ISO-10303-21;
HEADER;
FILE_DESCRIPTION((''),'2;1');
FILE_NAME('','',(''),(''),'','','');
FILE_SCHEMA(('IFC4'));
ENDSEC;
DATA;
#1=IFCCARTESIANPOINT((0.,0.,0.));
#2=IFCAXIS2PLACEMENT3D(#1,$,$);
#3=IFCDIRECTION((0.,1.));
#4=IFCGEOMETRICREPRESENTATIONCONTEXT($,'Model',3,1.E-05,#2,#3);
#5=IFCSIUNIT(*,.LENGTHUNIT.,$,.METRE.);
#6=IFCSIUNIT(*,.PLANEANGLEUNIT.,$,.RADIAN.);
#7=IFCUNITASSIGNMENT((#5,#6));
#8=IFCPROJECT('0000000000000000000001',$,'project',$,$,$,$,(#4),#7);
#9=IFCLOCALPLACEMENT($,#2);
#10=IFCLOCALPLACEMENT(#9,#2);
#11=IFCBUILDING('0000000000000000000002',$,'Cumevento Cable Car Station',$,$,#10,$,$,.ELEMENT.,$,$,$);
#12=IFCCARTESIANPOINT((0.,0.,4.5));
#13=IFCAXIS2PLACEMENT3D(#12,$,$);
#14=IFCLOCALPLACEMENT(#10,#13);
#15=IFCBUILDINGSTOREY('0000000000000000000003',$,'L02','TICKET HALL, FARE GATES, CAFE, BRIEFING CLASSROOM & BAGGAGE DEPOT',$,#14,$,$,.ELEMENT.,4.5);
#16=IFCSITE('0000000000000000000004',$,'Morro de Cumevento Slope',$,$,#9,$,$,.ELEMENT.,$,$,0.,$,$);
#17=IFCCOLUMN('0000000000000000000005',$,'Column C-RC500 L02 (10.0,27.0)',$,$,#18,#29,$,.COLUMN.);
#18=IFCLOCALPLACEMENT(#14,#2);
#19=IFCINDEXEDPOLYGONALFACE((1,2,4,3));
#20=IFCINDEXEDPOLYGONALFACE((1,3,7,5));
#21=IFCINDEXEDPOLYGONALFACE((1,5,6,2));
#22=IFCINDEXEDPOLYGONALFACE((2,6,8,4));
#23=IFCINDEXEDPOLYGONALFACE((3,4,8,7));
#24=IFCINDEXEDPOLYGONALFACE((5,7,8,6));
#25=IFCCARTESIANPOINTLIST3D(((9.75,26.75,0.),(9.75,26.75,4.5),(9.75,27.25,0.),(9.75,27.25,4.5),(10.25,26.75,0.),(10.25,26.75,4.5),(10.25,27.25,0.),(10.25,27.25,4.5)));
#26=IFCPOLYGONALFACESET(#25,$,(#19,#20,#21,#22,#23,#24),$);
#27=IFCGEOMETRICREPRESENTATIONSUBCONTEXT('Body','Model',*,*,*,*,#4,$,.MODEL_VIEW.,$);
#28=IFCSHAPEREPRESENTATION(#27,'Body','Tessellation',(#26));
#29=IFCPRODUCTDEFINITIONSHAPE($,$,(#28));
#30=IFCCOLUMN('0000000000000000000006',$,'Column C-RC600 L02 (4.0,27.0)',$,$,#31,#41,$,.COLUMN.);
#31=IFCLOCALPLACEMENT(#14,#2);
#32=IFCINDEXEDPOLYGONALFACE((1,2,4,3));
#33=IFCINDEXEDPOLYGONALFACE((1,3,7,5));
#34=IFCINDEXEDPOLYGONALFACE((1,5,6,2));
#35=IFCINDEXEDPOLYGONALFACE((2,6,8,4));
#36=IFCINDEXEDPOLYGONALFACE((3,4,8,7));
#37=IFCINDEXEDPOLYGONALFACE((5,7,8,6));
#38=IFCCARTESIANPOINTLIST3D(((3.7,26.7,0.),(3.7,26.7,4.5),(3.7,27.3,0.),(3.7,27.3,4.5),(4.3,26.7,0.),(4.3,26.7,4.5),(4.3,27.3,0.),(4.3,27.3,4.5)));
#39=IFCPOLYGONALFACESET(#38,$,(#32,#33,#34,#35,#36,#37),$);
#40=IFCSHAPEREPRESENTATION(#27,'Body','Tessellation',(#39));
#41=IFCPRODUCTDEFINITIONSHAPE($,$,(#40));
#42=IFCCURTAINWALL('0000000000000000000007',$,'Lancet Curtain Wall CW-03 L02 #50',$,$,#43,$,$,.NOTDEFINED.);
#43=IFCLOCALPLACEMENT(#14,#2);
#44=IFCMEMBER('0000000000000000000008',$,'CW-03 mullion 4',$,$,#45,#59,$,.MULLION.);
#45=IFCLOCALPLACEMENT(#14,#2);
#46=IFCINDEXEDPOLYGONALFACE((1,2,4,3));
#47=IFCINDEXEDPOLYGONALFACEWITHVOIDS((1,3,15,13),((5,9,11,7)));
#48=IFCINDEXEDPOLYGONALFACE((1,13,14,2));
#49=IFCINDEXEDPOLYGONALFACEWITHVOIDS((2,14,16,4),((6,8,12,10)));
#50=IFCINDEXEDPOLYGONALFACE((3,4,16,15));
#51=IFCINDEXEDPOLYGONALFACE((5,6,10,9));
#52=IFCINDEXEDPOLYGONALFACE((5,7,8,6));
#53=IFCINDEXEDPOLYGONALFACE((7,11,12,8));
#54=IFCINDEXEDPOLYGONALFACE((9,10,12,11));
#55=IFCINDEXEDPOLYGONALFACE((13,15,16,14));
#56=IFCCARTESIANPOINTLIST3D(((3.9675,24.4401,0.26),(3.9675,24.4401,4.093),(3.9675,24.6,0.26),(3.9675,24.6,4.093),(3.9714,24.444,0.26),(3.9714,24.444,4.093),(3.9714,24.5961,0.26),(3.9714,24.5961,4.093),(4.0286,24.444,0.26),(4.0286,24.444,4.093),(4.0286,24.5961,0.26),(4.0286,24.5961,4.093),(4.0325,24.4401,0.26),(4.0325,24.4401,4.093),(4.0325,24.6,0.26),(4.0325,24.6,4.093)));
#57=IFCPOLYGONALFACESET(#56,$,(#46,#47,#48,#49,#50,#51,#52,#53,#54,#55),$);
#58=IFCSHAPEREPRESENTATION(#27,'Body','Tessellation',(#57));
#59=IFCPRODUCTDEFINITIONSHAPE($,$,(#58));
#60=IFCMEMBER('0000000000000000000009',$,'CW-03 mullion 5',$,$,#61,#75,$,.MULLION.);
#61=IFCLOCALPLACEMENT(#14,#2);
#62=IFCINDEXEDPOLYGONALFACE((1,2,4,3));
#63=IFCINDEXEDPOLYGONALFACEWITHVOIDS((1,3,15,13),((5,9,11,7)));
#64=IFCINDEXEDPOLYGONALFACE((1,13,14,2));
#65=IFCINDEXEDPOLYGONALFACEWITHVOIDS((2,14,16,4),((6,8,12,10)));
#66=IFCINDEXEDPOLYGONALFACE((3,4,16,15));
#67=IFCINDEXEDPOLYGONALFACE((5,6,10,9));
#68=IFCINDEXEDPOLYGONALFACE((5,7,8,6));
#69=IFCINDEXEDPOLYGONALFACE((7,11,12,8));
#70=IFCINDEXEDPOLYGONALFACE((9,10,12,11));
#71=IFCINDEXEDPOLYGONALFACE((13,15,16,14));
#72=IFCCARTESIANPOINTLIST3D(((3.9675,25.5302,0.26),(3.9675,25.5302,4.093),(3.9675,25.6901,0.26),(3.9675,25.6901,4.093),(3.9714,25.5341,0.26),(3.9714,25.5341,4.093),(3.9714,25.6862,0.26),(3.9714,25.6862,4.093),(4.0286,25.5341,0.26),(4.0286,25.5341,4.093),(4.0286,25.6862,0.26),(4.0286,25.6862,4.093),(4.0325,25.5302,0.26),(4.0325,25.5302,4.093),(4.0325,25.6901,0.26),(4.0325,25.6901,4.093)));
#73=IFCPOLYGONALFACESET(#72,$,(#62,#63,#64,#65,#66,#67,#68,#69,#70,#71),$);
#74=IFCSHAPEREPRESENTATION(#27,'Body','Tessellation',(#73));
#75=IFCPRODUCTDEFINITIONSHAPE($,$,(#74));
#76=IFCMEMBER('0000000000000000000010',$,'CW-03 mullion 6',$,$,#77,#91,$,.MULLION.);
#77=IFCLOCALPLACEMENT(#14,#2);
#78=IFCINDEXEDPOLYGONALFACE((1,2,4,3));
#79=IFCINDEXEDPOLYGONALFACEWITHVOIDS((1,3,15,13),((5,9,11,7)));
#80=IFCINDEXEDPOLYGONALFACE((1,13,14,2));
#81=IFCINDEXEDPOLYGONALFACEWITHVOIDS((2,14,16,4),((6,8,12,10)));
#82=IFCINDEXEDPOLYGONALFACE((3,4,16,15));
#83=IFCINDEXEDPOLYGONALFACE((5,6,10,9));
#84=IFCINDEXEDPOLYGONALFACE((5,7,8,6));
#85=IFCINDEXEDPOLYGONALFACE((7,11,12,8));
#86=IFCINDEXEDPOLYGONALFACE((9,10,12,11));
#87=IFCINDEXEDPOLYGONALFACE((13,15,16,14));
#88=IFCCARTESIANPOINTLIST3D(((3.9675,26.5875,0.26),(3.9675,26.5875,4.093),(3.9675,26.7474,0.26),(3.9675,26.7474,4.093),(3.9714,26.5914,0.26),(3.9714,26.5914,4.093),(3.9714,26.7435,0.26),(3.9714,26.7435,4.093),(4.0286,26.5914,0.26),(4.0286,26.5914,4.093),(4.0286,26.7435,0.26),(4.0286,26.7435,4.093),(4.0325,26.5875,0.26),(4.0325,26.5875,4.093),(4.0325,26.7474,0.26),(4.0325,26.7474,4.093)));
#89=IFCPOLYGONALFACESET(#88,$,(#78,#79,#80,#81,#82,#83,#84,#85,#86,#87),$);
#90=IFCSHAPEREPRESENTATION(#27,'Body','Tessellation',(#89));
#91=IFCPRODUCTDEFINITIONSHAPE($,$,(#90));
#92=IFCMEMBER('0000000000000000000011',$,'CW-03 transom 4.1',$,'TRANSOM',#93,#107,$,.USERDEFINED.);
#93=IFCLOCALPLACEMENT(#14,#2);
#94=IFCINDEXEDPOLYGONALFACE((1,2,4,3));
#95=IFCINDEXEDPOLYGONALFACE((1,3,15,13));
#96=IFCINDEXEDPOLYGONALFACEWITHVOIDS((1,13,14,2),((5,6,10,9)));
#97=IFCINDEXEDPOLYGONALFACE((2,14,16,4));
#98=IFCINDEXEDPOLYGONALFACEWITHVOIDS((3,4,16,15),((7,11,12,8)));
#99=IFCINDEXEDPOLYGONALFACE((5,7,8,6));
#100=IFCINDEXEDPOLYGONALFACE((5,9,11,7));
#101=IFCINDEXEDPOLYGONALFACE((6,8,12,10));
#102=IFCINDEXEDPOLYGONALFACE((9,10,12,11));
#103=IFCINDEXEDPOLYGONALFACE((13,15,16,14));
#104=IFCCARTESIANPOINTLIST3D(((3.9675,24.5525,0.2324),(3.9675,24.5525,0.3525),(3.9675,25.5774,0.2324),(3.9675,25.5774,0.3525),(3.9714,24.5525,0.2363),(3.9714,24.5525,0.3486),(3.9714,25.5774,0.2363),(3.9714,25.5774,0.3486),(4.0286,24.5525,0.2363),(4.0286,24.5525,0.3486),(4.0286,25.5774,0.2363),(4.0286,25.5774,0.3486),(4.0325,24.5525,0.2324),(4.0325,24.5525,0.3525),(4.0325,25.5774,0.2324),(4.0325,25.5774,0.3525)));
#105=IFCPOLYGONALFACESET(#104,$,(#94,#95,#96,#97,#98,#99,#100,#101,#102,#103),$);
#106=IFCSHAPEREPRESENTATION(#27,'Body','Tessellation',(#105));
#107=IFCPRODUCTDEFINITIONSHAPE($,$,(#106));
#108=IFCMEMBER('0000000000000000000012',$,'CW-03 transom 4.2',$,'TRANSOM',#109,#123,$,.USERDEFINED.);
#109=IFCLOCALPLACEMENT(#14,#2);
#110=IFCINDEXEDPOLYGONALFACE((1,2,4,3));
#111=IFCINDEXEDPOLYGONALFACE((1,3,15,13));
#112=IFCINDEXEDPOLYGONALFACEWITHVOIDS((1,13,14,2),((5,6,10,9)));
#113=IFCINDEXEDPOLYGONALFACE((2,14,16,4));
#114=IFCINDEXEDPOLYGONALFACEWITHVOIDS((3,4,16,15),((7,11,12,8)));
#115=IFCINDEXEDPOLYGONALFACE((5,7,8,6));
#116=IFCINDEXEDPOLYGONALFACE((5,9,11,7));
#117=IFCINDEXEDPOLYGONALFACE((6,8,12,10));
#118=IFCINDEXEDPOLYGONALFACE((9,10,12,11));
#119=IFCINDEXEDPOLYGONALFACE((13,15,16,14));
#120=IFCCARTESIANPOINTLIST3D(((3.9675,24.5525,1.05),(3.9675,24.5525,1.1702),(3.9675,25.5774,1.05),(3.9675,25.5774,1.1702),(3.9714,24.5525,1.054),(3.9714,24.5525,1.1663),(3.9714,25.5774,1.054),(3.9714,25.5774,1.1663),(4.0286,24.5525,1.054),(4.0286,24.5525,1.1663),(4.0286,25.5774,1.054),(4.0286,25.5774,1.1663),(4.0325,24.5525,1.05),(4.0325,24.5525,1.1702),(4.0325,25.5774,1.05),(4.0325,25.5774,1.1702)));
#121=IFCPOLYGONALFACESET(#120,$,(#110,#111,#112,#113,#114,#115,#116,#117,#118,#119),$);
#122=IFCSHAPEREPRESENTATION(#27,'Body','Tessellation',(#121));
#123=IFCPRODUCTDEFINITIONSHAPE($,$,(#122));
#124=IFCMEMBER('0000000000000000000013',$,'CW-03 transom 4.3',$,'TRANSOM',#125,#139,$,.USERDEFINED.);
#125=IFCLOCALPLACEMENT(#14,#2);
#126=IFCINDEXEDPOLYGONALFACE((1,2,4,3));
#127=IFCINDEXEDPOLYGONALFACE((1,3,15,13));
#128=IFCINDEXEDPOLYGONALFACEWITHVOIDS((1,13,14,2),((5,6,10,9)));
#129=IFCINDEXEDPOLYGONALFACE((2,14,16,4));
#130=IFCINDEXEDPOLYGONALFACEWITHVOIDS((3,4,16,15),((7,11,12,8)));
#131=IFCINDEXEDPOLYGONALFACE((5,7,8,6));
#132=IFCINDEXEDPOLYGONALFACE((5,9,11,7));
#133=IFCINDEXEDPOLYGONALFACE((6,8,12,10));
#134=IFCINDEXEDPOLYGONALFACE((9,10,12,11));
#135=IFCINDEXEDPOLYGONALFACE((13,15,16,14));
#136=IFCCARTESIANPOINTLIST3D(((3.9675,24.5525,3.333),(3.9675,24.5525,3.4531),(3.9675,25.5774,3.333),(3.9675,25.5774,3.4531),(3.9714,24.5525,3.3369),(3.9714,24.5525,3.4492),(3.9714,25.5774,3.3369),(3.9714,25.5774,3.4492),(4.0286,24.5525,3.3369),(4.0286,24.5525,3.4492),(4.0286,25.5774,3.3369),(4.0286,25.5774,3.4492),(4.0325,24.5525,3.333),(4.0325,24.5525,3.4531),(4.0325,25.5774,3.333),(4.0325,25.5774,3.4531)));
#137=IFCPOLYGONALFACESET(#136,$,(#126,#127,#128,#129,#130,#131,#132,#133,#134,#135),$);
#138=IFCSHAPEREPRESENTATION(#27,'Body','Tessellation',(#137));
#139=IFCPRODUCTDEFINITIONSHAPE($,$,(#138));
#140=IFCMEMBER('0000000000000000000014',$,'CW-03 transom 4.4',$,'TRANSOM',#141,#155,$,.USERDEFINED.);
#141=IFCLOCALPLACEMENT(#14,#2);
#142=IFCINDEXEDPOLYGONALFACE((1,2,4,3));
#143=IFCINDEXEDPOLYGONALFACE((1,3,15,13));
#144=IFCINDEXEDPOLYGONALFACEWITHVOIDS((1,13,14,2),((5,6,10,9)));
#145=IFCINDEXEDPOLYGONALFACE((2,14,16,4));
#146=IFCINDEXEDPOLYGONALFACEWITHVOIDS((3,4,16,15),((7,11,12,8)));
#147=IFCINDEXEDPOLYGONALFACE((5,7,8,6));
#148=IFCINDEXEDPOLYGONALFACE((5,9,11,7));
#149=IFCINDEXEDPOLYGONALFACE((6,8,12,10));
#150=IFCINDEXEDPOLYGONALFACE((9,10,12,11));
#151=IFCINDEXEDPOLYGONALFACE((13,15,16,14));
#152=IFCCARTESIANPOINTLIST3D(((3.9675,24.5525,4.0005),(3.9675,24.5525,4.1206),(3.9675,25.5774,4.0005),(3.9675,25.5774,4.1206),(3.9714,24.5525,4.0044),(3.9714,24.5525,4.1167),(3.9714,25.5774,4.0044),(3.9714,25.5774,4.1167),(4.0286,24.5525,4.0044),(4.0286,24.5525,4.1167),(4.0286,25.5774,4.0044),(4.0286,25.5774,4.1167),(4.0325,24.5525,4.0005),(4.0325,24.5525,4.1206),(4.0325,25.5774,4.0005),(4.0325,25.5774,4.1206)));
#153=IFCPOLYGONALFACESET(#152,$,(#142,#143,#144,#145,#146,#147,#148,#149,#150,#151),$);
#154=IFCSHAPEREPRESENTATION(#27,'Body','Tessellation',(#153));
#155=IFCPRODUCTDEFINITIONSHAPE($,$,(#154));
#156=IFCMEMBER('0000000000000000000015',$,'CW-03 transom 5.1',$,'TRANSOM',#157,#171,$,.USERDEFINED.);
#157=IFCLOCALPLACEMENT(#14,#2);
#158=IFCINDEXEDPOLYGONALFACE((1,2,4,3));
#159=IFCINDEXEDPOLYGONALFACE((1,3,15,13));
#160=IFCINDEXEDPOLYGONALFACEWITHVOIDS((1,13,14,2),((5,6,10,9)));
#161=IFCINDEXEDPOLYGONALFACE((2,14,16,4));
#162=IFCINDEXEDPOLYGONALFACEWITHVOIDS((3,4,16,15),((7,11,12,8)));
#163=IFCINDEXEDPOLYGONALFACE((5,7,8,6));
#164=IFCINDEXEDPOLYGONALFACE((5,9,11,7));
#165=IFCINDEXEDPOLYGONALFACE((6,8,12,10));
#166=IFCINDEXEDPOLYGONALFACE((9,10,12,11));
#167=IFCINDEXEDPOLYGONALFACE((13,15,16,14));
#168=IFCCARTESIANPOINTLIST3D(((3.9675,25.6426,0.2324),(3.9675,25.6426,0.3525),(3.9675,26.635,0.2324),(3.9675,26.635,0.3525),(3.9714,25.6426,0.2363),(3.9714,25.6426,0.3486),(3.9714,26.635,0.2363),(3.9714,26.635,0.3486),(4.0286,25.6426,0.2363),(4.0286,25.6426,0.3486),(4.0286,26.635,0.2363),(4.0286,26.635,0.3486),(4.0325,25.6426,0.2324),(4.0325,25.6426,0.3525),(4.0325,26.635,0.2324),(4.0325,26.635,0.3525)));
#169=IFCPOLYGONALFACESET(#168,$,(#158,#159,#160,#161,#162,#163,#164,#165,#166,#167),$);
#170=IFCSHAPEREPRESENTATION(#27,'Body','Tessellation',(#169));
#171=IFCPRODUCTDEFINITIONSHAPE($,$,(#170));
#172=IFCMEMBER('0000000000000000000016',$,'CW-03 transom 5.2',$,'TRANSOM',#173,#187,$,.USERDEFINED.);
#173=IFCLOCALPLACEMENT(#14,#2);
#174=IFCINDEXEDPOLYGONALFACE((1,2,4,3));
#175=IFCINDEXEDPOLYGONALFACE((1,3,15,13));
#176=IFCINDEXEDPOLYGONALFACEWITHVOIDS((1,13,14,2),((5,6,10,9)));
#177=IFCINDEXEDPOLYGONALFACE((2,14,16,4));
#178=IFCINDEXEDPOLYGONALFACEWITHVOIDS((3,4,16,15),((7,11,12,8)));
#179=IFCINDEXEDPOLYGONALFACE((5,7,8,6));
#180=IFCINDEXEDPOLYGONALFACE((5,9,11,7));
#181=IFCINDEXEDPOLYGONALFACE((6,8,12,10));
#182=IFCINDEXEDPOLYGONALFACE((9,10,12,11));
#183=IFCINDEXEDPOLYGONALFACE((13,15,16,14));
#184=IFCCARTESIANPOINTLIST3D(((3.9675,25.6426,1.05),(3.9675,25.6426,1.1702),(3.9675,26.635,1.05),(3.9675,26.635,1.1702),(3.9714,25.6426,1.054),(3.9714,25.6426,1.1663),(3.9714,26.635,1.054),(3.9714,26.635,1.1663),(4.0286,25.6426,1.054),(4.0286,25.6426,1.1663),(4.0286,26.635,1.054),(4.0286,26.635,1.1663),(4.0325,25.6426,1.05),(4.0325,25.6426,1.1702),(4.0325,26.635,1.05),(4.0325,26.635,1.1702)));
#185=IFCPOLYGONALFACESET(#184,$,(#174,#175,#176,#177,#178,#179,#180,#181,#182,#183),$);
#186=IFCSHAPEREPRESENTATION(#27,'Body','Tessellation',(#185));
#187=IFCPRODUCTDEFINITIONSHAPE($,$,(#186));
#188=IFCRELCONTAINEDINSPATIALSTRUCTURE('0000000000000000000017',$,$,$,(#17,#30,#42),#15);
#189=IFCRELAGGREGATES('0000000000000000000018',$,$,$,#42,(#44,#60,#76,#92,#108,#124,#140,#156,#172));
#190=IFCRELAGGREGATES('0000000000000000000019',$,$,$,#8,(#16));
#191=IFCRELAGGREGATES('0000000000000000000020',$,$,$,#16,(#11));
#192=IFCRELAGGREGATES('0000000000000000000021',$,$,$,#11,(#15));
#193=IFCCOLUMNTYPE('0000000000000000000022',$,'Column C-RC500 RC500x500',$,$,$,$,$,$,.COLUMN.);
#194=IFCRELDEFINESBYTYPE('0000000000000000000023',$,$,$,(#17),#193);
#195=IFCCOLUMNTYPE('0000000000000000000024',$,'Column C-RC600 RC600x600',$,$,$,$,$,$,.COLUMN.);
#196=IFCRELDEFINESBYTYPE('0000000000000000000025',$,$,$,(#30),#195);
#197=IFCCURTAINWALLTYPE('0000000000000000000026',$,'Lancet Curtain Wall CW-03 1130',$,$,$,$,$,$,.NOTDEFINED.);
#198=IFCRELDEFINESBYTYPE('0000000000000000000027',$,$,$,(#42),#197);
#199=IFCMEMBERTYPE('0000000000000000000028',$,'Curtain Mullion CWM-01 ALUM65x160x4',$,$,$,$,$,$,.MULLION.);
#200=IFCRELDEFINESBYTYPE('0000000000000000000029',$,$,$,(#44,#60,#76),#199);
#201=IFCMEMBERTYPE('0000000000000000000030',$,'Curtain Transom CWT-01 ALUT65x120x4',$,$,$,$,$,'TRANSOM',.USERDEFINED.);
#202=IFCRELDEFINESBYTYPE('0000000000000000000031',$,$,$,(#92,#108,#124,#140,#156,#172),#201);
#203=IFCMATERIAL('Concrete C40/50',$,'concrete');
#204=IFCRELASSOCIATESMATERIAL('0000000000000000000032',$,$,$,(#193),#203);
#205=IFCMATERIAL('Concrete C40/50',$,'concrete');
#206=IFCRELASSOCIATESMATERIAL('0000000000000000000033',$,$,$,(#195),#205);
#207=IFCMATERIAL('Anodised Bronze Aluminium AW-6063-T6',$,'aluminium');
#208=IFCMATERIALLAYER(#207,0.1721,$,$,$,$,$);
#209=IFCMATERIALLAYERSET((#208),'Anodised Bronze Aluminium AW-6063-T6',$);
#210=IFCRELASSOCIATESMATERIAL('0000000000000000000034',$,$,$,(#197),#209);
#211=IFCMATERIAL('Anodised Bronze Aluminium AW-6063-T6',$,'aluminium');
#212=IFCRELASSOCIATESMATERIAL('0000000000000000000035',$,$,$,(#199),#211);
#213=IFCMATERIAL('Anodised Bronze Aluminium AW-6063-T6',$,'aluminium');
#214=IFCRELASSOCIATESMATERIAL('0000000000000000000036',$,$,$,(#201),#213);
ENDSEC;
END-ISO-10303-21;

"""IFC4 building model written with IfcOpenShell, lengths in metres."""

from ifc_helpers import new_model, si_unit, direction, frame, origin, origin_2d, place, context, subcontext, project, spatial, rectangle, hollow_rectangle, extrude, material, layer, layer_set, material_profile, profile_set, type_object, element, aggregate, save


model = new_model("IFC4")

# Units and contexts
model_context = context("Model", 3, precision=1e-05, world=origin(), true_north=direction((0.0, 1.0)))
body_context = subcontext(model_context, "Body", "Model", "MODEL_VIEW")
ifc_project = project(units=[si_unit("LENGTHUNIT", "METRE"), si_unit("PLANEANGLEUNIT", "RADIAN")], contexts=[model_context])

# Site, building, storey
site_placement = place(None, origin())
site = spatial("IfcSite", under=ifc_project, at=site_placement, Name="Morro de Cumevento Slope", CompositionType="ELEMENT", RefElevation=0.0)
building_placement = place(site_placement, origin())
building = spatial("IfcBuilding", under=site, at=building_placement, Name="Cumevento Cable Car Station", CompositionType="ELEMENT")
storey_placement = place(building_placement, frame((0.0, 0.0, 4.5)))
storey = spatial("IfcBuildingStorey", under=building, at=storey_placement, Name="L02", Description="TICKET HALL, FARE GATES, CAFE, BRIEFING CLASSROOM & BAGGAGE DEPOT", CompositionType="ELEMENT", Elevation=4.5)

# Columns
ifc_material_1 = material(Name="Concrete C40/50", Category="concrete")
ifc_material_profile_1 = material_profile(ifc_material_1, rectangle(XDim=0.5, YDim=0.5, at=origin_2d()), Name="RC500x500")
ifc_profile_set_1 = profile_set([ifc_material_profile_1], Name="Concrete C40/50")
column_type_1 = type_object("IfcColumnType", Name="Column C-RC500 RC500x500", PredefinedType="COLUMN", material=ifc_profile_set_1)
column_1_placement = place(storey_placement, frame((10.0, 27.0, 0.0), z_axis=(0.0, 0.0, 1.0), x_axis=(1.0, 0.0, 0.0)))
element("IfcColumn", 1, at=column_1_placement, inside=storey, type_object=column_type_1, Name="Column C-RC500 L02 (10.0,27.0)", PredefinedType="COLUMN", context=body_context, shape_type="SweptSolid", body=[
    extrude(rectangle(XDim=0.5, YDim=0.5, at=origin_2d()), origin(), (0.0, 0.0, 1.0), 4.5),
])
ifc_material_2 = material(Name="Concrete C40/50", Category="concrete")
ifc_material_profile_2 = material_profile(ifc_material_2, rectangle(XDim=0.6001, YDim=0.6001, at=origin_2d()), Name="RC600x600")
ifc_profile_set_2 = profile_set([ifc_material_profile_2], Name="Concrete C40/50")
column_type_2 = type_object("IfcColumnType", Name="Column C-RC600 RC600x600", PredefinedType="COLUMN", material=ifc_profile_set_2)
column_2_placement = place(storey_placement, frame((4.0, 27.0, 0.0), z_axis=(0.0, 0.0, 1.0), x_axis=(1.0, 0.0, 0.0)))
element("IfcColumn", 2, at=column_2_placement, inside=storey, type_object=column_type_2, Name="Column C-RC600 L02 (4.0,27.0)", PredefinedType="COLUMN", context=body_context, shape_type="SweptSolid", body=[
    extrude(rectangle(XDim=0.6001, YDim=0.6001, at=origin_2d()), origin(), (0.0, 0.0, 1.0), 4.5),
])

# Curtain wall, members
ifc_material_3 = material(Name="Anodised Bronze Aluminium AW-6063-T6", Category="aluminium")
ifc_layer_1 = layer(ifc_material_3, 0.1721)
ifc_layer_set_1 = layer_set([ifc_layer_1], Name="Anodised Bronze Aluminium AW-6063-T6")
curtain_wall_type = type_object("IfcCurtainWallType", Name="Lancet Curtain Wall CW-03 1130", PredefinedType="NOTDEFINED", material=ifc_layer_set_1)
curtain_wall_placement = place(storey_placement, origin())
curtain_wall = element("IfcCurtainWall", 3, at=curtain_wall_placement, inside=storey, type_object=curtain_wall_type, Name="Lancet Curtain Wall CW-03 L02 #50", PredefinedType="NOTDEFINED")
ifc_material_4 = material(Name="Anodised Bronze Aluminium AW-6063-T6", Category="aluminium")
ifc_material_profile_3 = material_profile(ifc_material_4, hollow_rectangle(XDim=0.0649, YDim=0.1599, WallThickness=0.0039, at=origin_2d()), Name="ALUM65x160x4")
ifc_profile_set_3 = profile_set([ifc_material_profile_3], Name="Anodised Bronze Aluminium AW-6063-T6")
member_type_1 = type_object("IfcMemberType", Name="Curtain Mullion CWM-01 ALUM65x160x4", PredefinedType="MULLION", material=ifc_profile_set_3)
member_1_placement = place(storey_placement, frame((4.0, 24.52, 0.26), z_axis=(0.0, 0.0, 1.0), x_axis=(-1.0, 0.0, 0.0)))
member_1 = element("IfcMember", 4, at=member_1_placement, type_object=member_type_1, Name="CW-03 mullion 4", PredefinedType="MULLION", context=body_context, shape_type="SweptSolid", body=[
    extrude(hollow_rectangle(XDim=0.0649, YDim=0.1599, WallThickness=0.0039, at=origin_2d()), origin(), (0.0, 0.0, 1.0), 3.833),
])
member_2_placement = place(storey_placement, frame((4.0, 25.6101, 0.26), z_axis=(0.0, 0.0, 1.0), x_axis=(-1.0, 0.0, 0.0)))
member_2 = element("IfcMember", 5, at=member_2_placement, type_object=member_type_1, Name="CW-03 mullion 5", PredefinedType="MULLION", context=body_context, shape_type="SweptSolid", body=[
    extrude(hollow_rectangle(XDim=0.0649, YDim=0.1599, WallThickness=0.0039, at=origin_2d()), origin(), (0.0, 0.0, 1.0), 3.833),
])
member_3_placement = place(storey_placement, frame((4.0, 26.6675, 0.26), z_axis=(0.0, 0.0, 1.0), x_axis=(-1.0, 0.0, 0.0)))
member_3 = element("IfcMember", 6, at=member_3_placement, type_object=member_type_1, Name="CW-03 mullion 6", PredefinedType="MULLION", context=body_context, shape_type="SweptSolid", body=[
    extrude(hollow_rectangle(XDim=0.0649, YDim=0.1599, WallThickness=0.0039, at=origin_2d()), origin(), (0.0, 0.0, 1.0), 3.833),
])
ifc_material_5 = material(Name="Anodised Bronze Aluminium AW-6063-T6", Category="aluminium")
ifc_material_profile_4 = material_profile(ifc_material_5, hollow_rectangle(XDim=0.0649, YDim=0.1201, WallThickness=0.0039, at=origin_2d()), Name="ALUT65x120x4")
ifc_profile_set_4 = profile_set([ifc_material_profile_4], Name="Anodised Bronze Aluminium AW-6063-T6")
member_type_2 = type_object("IfcMemberType", Name="Curtain Transom CWT-01 ALUT65x120x4", ElementType="TRANSOM", PredefinedType="USERDEFINED", material=ifc_profile_set_4)
member_4_placement = place(storey_placement, frame((4.0, 24.5525, 0.2925), z_axis=(0.0, 1.0, 0.0), x_axis=(-1.0, 0.0, 0.0)))
member_4 = element("IfcMember", 7, at=member_4_placement, type_object=member_type_2, Name="CW-03 transom 4.1", ObjectType="TRANSOM", PredefinedType="USERDEFINED", context=body_context, shape_type="SweptSolid", body=[
    extrude(hollow_rectangle(XDim=0.0649, YDim=0.1201, WallThickness=0.0039, at=origin_2d()), origin(), (0.0, 0.0, 1.0), 1.0249),
])
member_5_placement = place(storey_placement, frame((4.0, 24.5525, 1.1101), z_axis=(0.0, 1.0, 0.0), x_axis=(-1.0, 0.0, 0.0)))
member_5 = element("IfcMember", 8, at=member_5_placement, type_object=member_type_2, Name="CW-03 transom 4.2", ObjectType="TRANSOM", PredefinedType="USERDEFINED", context=body_context, shape_type="SweptSolid", body=[
    extrude(hollow_rectangle(XDim=0.0649, YDim=0.1201, WallThickness=0.0039, at=origin_2d()), origin(), (0.0, 0.0, 1.0), 1.0249),
])
member_6_placement = place(storey_placement, frame((4.0, 24.5525, 3.3931), z_axis=(0.0, 1.0, 0.0), x_axis=(-1.0, 0.0, 0.0)))
member_6 = element("IfcMember", 9, at=member_6_placement, type_object=member_type_2, Name="CW-03 transom 4.3", ObjectType="TRANSOM", PredefinedType="USERDEFINED", context=body_context, shape_type="SweptSolid", body=[
    extrude(hollow_rectangle(XDim=0.0649, YDim=0.1201, WallThickness=0.0039, at=origin_2d()), origin(), (0.0, 0.0, 1.0), 1.0249),
])
member_7_placement = place(storey_placement, frame((4.0, 24.5525, 4.0605), z_axis=(0.0, 1.0, 0.0), x_axis=(-1.0, 0.0, 0.0)))
member_7 = element("IfcMember", 10, at=member_7_placement, type_object=member_type_2, Name="CW-03 transom 4.4", ObjectType="TRANSOM", PredefinedType="USERDEFINED", context=body_context, shape_type="SweptSolid", body=[
    extrude(hollow_rectangle(XDim=0.0649, YDim=0.1201, WallThickness=0.0039, at=origin_2d()), origin(), (0.0, 0.0, 1.0), 1.0249),
])
member_8_placement = place(storey_placement, frame((4.0, 25.6426, 0.2925), z_axis=(0.0, 1.0, 0.0), x_axis=(-1.0, 0.0, 0.0)))
member_8 = element("IfcMember", 11, at=member_8_placement, type_object=member_type_2, Name="CW-03 transom 5.1", ObjectType="TRANSOM", PredefinedType="USERDEFINED", context=body_context, shape_type="SweptSolid", body=[
    extrude(hollow_rectangle(XDim=0.0649, YDim=0.1201, WallThickness=0.0039, at=origin_2d()), origin(), (0.0, 0.0, 1.0), 0.9924),
])
member_9_placement = place(storey_placement, frame((4.0, 25.6426, 1.1101), z_axis=(0.0, 1.0, 0.0), x_axis=(-1.0, 0.0, 0.0)))
member_9 = element("IfcMember", 12, at=member_9_placement, type_object=member_type_2, Name="CW-03 transom 5.2", ObjectType="TRANSOM", PredefinedType="USERDEFINED", context=body_context, shape_type="SweptSolid", body=[
    extrude(hollow_rectangle(XDim=0.0649, YDim=0.1201, WallThickness=0.0039, at=origin_2d()), origin(), (0.0, 0.0, 1.0), 0.9924),
])

aggregate(curtain_wall, [member_1, member_2, member_3, member_4, member_5, member_6, member_7, member_8, member_9])

save(model, "model.ifc")
